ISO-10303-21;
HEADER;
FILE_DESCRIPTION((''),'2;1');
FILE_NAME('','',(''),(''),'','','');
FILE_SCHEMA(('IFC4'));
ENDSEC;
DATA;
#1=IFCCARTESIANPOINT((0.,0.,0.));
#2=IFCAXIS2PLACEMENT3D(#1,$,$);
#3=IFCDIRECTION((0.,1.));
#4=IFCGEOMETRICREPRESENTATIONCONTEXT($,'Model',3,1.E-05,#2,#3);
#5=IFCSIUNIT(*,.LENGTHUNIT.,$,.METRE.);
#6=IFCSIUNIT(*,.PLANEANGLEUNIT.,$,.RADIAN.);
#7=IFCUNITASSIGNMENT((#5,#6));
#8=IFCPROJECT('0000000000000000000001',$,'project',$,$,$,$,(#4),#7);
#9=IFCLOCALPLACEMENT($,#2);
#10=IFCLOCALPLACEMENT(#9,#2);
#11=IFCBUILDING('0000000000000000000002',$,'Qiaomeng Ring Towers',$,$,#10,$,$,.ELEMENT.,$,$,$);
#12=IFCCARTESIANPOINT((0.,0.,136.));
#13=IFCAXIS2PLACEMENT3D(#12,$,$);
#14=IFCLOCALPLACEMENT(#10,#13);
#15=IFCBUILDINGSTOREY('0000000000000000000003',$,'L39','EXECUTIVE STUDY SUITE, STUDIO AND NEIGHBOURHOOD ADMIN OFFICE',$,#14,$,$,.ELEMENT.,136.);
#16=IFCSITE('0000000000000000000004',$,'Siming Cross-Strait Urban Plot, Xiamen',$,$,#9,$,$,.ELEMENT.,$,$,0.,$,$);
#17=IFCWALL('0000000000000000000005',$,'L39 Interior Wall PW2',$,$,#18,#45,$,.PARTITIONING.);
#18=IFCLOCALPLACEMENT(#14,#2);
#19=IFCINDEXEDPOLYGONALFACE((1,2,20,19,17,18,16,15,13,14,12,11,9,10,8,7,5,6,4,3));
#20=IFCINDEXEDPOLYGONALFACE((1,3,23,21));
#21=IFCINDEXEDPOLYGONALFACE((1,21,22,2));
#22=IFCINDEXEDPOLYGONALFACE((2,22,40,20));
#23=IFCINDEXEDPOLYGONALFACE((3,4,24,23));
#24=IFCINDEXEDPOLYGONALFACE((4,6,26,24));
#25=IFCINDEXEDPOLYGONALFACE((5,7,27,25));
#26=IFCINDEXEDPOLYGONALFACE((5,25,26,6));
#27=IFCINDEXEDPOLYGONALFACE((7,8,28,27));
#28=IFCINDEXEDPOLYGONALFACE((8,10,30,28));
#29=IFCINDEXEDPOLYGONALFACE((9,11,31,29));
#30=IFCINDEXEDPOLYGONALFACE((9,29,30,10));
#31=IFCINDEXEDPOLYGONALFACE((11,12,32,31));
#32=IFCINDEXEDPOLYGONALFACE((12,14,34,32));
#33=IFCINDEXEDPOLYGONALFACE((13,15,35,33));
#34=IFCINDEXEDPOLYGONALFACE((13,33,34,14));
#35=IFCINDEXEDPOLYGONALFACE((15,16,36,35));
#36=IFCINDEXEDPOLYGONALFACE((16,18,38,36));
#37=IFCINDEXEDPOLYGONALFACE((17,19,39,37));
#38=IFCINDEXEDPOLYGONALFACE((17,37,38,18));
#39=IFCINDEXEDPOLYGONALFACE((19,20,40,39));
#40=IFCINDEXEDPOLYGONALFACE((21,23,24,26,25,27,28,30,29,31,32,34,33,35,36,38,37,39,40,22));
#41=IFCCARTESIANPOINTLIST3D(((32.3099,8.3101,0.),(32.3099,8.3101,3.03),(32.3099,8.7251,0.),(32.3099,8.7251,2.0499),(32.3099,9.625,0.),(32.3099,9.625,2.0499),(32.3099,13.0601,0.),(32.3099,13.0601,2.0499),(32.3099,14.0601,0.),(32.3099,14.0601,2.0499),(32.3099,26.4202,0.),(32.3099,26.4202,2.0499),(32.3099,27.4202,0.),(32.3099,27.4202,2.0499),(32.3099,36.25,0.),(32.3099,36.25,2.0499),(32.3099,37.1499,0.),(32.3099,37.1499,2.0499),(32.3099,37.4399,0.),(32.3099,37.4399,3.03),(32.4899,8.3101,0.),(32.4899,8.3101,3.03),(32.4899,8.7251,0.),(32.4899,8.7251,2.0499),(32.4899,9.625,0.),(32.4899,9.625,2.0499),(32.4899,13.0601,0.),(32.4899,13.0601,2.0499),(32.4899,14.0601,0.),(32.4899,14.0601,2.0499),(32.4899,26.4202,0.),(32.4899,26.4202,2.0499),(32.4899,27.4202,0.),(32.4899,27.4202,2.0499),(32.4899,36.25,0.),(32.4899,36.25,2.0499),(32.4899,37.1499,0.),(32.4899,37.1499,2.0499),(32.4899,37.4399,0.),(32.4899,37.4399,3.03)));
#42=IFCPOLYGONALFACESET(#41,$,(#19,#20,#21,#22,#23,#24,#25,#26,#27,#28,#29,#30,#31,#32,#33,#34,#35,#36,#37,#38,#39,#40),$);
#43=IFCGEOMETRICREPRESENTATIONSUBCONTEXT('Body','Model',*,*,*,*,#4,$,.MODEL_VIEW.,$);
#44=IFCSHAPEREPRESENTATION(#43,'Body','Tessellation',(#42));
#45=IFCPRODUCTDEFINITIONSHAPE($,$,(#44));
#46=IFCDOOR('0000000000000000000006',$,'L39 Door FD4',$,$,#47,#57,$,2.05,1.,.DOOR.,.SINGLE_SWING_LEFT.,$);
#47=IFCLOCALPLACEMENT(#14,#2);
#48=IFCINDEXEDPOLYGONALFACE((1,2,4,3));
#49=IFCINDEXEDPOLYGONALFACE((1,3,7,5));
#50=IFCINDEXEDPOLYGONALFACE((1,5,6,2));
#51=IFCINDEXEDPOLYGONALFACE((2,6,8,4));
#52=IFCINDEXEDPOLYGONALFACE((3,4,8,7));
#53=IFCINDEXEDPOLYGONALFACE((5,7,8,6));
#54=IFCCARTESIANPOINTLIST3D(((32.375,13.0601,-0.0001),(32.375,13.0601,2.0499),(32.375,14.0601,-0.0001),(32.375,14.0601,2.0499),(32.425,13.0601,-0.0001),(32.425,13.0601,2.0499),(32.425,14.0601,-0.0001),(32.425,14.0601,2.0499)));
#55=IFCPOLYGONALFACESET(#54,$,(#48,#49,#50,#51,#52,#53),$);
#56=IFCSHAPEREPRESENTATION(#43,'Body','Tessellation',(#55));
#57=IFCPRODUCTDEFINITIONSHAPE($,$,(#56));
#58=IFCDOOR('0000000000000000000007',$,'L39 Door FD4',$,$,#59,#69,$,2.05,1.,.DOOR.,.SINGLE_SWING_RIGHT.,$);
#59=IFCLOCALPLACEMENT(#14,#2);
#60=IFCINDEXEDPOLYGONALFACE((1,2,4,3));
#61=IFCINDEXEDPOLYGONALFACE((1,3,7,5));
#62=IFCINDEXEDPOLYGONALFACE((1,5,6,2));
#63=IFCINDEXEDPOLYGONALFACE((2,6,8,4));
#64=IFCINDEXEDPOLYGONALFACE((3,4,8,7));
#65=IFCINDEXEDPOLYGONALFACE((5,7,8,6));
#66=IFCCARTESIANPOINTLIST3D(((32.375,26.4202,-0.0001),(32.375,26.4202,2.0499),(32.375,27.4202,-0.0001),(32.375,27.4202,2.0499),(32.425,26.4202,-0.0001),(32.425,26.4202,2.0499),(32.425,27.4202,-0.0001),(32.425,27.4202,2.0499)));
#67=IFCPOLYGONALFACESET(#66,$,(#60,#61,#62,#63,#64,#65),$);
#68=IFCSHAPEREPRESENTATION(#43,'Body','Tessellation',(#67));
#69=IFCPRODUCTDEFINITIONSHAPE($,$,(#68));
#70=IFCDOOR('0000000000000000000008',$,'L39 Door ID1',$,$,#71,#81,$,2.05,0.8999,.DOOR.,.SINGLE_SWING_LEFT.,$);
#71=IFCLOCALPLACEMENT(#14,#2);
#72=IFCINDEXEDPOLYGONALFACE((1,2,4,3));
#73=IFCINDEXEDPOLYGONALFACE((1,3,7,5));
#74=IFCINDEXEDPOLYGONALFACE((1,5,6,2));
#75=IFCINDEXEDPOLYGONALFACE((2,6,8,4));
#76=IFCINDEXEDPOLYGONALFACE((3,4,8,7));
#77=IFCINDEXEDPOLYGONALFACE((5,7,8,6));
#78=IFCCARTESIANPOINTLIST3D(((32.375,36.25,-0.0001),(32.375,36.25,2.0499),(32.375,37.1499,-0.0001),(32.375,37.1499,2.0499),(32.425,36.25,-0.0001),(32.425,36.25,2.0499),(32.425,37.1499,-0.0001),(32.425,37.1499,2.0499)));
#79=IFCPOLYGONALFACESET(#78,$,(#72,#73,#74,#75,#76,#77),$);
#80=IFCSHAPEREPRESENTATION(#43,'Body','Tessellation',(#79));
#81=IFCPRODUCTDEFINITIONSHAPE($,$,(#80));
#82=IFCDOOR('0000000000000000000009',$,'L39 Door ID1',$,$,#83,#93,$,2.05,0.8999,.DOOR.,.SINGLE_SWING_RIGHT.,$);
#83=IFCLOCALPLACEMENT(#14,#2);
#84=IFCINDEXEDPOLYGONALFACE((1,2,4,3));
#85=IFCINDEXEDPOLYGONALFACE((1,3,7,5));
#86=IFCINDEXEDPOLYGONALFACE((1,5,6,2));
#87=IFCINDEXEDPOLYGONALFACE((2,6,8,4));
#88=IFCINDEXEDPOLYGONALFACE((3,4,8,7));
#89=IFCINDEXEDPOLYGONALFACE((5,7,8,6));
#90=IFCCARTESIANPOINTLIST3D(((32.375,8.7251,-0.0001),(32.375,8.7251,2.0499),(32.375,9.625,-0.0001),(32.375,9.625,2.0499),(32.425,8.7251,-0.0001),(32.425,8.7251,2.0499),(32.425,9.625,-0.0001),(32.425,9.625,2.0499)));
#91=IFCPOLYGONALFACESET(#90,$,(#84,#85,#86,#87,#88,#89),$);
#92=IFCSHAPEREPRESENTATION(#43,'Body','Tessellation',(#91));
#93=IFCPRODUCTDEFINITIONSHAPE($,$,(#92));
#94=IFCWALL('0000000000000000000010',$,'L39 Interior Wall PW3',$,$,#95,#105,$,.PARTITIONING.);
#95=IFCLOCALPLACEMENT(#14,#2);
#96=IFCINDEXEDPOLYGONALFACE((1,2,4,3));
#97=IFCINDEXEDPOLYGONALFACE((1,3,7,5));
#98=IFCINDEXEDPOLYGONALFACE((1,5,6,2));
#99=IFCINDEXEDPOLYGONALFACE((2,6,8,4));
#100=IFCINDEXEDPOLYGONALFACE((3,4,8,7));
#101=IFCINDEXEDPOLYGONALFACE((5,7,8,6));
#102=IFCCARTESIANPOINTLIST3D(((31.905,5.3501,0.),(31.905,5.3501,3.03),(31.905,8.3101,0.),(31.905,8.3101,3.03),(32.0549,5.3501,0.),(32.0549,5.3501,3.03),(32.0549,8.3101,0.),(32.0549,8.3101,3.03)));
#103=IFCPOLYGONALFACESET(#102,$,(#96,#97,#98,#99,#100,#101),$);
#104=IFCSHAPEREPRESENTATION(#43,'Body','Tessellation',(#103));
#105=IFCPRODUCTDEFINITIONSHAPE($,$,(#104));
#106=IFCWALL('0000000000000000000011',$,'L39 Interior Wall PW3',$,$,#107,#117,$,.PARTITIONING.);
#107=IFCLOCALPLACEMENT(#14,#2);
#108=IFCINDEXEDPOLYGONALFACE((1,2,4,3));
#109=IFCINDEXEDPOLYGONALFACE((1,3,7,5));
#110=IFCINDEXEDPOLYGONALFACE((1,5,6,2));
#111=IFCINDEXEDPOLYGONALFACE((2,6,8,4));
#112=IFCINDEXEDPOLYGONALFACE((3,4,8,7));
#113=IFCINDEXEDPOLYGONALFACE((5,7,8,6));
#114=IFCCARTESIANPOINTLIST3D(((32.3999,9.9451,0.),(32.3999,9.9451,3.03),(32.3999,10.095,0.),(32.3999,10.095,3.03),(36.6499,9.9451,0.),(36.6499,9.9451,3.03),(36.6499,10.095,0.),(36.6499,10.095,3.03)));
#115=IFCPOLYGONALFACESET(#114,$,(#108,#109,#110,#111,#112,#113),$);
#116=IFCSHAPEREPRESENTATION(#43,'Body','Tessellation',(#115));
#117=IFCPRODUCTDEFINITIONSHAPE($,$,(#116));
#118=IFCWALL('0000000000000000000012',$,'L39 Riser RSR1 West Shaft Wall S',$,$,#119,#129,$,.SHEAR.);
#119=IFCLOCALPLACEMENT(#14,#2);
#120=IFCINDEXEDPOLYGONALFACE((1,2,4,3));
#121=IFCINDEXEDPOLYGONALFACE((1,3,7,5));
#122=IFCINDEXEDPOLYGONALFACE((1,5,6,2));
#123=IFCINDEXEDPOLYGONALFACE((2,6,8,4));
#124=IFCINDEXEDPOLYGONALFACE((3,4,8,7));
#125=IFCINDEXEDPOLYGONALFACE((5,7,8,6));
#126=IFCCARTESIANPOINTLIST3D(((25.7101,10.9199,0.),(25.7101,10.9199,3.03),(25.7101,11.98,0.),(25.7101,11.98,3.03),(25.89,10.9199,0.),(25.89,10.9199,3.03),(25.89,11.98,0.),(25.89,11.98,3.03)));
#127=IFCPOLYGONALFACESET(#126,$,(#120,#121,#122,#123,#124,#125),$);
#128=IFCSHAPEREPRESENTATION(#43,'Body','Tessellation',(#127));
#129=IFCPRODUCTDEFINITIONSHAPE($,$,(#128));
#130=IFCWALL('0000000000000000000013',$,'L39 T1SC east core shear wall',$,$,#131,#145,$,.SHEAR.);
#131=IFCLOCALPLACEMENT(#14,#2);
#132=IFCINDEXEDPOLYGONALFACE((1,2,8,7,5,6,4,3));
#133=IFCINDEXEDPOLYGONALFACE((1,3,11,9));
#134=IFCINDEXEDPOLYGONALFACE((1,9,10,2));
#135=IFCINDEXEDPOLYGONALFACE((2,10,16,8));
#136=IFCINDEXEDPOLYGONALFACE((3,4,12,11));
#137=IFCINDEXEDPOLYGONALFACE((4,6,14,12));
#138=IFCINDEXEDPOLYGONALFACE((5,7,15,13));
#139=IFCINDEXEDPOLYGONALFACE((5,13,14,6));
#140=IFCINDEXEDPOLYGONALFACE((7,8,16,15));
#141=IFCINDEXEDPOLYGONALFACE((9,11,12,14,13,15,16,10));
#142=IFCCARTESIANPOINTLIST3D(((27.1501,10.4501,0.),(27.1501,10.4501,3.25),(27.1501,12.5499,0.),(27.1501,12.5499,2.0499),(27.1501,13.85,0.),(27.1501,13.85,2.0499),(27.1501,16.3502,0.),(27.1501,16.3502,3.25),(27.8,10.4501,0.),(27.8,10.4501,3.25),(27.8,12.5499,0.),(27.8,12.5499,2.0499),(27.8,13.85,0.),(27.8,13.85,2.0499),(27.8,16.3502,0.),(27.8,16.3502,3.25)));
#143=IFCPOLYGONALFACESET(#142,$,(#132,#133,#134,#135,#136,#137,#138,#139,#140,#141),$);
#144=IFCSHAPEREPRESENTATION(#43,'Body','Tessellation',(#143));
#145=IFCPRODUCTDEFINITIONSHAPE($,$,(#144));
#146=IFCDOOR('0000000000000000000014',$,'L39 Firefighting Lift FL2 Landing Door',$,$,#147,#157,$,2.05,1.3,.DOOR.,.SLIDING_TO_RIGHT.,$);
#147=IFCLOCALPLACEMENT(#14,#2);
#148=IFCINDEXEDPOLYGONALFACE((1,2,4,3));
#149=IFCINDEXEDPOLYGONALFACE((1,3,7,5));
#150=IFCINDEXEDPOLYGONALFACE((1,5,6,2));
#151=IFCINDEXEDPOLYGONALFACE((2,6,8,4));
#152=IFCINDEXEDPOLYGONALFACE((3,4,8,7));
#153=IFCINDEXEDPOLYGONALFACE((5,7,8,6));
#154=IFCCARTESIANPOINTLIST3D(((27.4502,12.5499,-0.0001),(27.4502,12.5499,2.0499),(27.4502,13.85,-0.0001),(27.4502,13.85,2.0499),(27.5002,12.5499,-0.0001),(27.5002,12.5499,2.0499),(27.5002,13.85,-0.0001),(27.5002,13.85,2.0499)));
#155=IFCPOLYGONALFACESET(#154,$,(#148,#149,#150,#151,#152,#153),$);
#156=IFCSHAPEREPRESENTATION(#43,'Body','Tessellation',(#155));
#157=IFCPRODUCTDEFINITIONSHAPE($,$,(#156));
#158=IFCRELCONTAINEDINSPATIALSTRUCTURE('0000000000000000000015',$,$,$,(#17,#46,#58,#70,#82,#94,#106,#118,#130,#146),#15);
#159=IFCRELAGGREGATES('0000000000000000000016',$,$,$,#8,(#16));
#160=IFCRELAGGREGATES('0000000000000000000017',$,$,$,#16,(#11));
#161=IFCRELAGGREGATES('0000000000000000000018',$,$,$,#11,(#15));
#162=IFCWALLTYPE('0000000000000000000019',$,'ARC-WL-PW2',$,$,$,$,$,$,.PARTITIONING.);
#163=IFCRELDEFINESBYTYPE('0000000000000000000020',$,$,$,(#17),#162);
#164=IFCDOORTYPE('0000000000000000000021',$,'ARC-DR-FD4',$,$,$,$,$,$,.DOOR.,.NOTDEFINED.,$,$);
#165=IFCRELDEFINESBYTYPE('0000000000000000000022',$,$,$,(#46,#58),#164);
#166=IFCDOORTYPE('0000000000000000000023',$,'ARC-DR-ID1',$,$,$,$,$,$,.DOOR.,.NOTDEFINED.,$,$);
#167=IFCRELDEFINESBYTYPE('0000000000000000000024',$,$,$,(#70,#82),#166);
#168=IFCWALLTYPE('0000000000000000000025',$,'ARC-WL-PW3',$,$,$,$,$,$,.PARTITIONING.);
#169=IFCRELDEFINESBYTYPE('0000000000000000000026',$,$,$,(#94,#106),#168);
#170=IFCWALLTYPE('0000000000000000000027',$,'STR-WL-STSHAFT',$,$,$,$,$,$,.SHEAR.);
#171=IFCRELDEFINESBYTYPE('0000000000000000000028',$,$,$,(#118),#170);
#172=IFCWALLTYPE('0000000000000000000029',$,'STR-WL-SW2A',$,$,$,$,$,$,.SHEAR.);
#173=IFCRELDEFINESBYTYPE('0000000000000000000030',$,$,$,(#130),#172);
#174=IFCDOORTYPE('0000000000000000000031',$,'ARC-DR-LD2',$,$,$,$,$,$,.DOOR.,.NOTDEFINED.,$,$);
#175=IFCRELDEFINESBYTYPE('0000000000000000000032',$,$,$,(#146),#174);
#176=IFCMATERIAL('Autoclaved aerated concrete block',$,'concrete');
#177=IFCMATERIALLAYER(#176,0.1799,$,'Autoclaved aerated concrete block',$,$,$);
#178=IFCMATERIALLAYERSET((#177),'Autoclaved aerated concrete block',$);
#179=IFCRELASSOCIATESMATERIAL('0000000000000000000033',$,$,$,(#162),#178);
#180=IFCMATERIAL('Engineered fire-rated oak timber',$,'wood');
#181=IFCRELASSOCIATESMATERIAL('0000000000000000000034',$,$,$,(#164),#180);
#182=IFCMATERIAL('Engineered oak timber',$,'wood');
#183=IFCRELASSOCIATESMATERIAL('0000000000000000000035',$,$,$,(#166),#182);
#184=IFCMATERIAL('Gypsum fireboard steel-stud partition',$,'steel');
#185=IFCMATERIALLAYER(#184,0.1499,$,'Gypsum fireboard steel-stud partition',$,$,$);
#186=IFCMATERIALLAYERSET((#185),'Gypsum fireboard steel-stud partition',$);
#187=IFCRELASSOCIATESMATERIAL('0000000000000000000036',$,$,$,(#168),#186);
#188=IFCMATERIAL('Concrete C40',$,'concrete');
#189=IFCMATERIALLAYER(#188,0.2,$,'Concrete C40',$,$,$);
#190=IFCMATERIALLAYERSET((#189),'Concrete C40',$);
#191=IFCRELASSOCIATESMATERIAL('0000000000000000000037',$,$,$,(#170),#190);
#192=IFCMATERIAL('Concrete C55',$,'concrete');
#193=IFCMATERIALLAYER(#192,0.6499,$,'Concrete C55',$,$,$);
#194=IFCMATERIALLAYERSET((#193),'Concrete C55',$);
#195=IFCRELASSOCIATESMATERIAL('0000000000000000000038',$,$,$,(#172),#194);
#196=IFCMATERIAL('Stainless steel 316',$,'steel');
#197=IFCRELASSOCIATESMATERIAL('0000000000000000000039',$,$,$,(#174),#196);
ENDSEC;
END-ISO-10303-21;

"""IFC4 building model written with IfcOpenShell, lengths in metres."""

from ifc_helpers import new_model, si_unit, direction, frame, frame_2d, origin, place, context, subcontext, project, spatial, rectangle, extrude, source, transform, mapped, material, layer, layer_set, type_object, element, fill, save


model = new_model("IFC4")

# Units and contexts
model_context = context("Model", 3, precision=1e-05, world=origin(), true_north=direction((0.0, 1.0)))
body_context = subcontext(model_context, "Body", "Model", "MODEL_VIEW")
ifc_project = project(units=[si_unit("LENGTHUNIT", "METRE"), si_unit("PLANEANGLEUNIT", "RADIAN")], contexts=[model_context])

# Site, building, storey
site_placement = place(None, origin())
site = spatial("IfcSite", under=ifc_project, at=site_placement, Name="Siming Cross-Strait Urban Plot, Xiamen", CompositionType="ELEMENT", RefElevation=0.0)
building_placement = place(site_placement, origin())
building = spatial("IfcBuilding", under=site, at=building_placement, Name="Qiaomeng Ring Towers", CompositionType="ELEMENT")
storey_placement = place(building_placement, frame((0.0, 0.0, 136.0)))
storey = spatial("IfcBuildingStorey", under=building, at=storey_placement, Name="L39", Description="EXECUTIVE STUDY SUITE, STUDIO AND NEIGHBOURHOOD ADMIN OFFICE", CompositionType="ELEMENT", Elevation=136.0)

# Shared definitions
ifc_material_1 = material(Name="Concrete C55", Category="concrete")

# Wall, openings, doors
ifc_material_2 = material(Name="Autoclaved aerated concrete block", Category="concrete")
ifc_layer_1 = layer(ifc_material_2, 0.1799, Name="Autoclaved aerated concrete block")
ifc_layer_set_1 = layer_set([ifc_layer_1], Name="Autoclaved aerated concrete block")
wall_type_1 = type_object("IfcWallType", Name="ARC-WL-PW2", PredefinedType="PARTITIONING", material=ifc_layer_set_1)
wall_1_placement = place(storey_placement, frame((32.3999, 8.3101, 0.0), z_axis=(0.0, 0.0, 1.0), x_axis=(0.0, 1.0, 0.0)))
wall_1 = element("IfcWall", 1, at=wall_1_placement, inside=storey, type_object=wall_type_1, Name="L39 Interior Wall PW2", PredefinedType="PARTITIONING", context=body_context, shape_type="SweptSolid", body=[
    extrude(rectangle(XDim=29.1299, YDim=0.1799, at=frame_2d((14.5649, 0.0))), origin(), (0.0, 0.0, 1.0), 3.03),
])
opening_1_placement = place(wall_1_placement, frame((27.9399, 0.0, 0.0)))
opening_1 = element("IfcOpeningElement", 2, at=opening_1_placement, cuts=wall_1, PredefinedType="OPENING", context=body_context, shape_type="SweptSolid", body=[
    extrude(rectangle(XDim=0.8999, YDim=2.05, at=frame_2d((0.45, 1.0249))), frame((0.0, 0.0999, 0.0), z_axis=(0.0, -1.0, 0.0), x_axis=(1.0, 0.0, 0.0)), (0.0, 0.0, 1.0), 0.2),
])
opening_2_placement = place(wall_1_placement, frame((0.415, 0.0, 0.0)))
opening_2 = element("IfcOpeningElement", 3, at=opening_2_placement, cuts=wall_1, PredefinedType="OPENING", context=body_context, shape_type="SweptSolid", body=[
    extrude(rectangle(XDim=0.8999, YDim=2.05, at=frame_2d((0.45, 1.0249))), frame((0.0, 0.0999, 0.0), z_axis=(0.0, -1.0, 0.0), x_axis=(1.0, 0.0, 0.0)), (0.0, 0.0, 1.0), 0.2),
])
opening_3_placement = place(wall_1_placement, frame((4.75, 0.0, 0.0)))
opening_3 = element("IfcOpeningElement", 4, at=opening_3_placement, cuts=wall_1, PredefinedType="OPENING", context=body_context, shape_type="SweptSolid", body=[
    extrude(rectangle(XDim=1.0, YDim=2.05, at=frame_2d((0.5, 1.0249))), frame((0.0, 0.0999, 0.0), z_axis=(0.0, -1.0, 0.0), x_axis=(1.0, 0.0, 0.0)), (0.0, 0.0, 1.0), 0.2),
])
opening_4_placement = place(wall_1_placement, frame((18.1101, 0.0, 0.0)))
opening_4 = element("IfcOpeningElement", 5, at=opening_4_placement, cuts=wall_1, PredefinedType="OPENING", context=body_context, shape_type="SweptSolid", body=[
    extrude(rectangle(XDim=1.0, YDim=2.05, at=frame_2d((0.5, 1.0249))), frame((0.0, 0.0999, 0.0), z_axis=(0.0, -1.0, 0.0), x_axis=(1.0, 0.0, 0.0)), (0.0, 0.0, 1.0), 0.2),
])
ifc_material_3 = material(Name="Engineered fire-rated oak timber", Category="wood")
door_type_1 = type_object("IfcDoorType", Name="ARC-DR-FD4", OperationType="NOTDEFINED", PredefinedType="DOOR", material=ifc_material_3)
shared_shape_1 = source(origin(), body_context, "Body", "SweptSolid", [
    extrude(rectangle(XDim=1.0, YDim=2.05, at=frame_2d((0.5, 1.0249))), frame((0.0, 0.0249, 0.0), z_axis=(0.0, -1.0, 0.0), x_axis=(1.0, 0.0, 0.0)), (0.0, 0.0, 1.0), 0.05),
])
door_1_placement = place(opening_3_placement, origin())
door_1 = element("IfcDoor", 6, at=door_1_placement, inside=storey, type_object=door_type_1, Name="L39 Door FD4", OperationType="SINGLE_SWING_LEFT", OverallHeight=2.05, OverallWidth=1.0, PredefinedType="DOOR", context=body_context, shape_type="MappedRepresentation", body=[
    mapped(shared_shape_1, transform((0.0, 0.0, 0.0), x_axis=(1.0, 0.0, 0.0), y_axis=(0.0, 1.0, 0.0), z_axis=(0.0, 0.0, 1.0), scale=1.0)),
])
fill(opening_3, door_1)
door_2_placement = place(opening_4_placement, origin())
door_2 = element("IfcDoor", 7, at=door_2_placement, inside=storey, type_object=door_type_1, Name="L39 Door FD4", OperationType="SINGLE_SWING_RIGHT", OverallHeight=2.05, OverallWidth=1.0, PredefinedType="DOOR", context=body_context, shape_type="MappedRepresentation", body=[
    mapped(shared_shape_1, transform((0.0, 0.0, 0.0), x_axis=(1.0, 0.0, 0.0), y_axis=(0.0, 1.0, 0.0), z_axis=(0.0, 0.0, 1.0), scale=1.0)),
])
fill(opening_4, door_2)
ifc_material_4 = material(Name="Engineered oak timber", Category="wood")
door_type_2 = type_object("IfcDoorType", Name="ARC-DR-ID1", OperationType="NOTDEFINED", PredefinedType="DOOR", material=ifc_material_4)
shared_shape_2 = source(origin(), body_context, "Body", "SweptSolid", [
    extrude(rectangle(XDim=0.8999, YDim=2.05, at=frame_2d((0.45, 1.0249))), frame((0.0, 0.0249, 0.0), z_axis=(0.0, -1.0, 0.0), x_axis=(1.0, 0.0, 0.0)), (0.0, 0.0, 1.0), 0.05),
])
door_3_placement = place(opening_1_placement, origin())
door_3 = element("IfcDoor", 8, at=door_3_placement, inside=storey, type_object=door_type_2, Name="L39 Door ID1", OperationType="SINGLE_SWING_LEFT", OverallHeight=2.05, OverallWidth=0.8999, PredefinedType="DOOR", context=body_context, shape_type="MappedRepresentation", body=[
    mapped(shared_shape_2, transform((0.0, 0.0, 0.0), x_axis=(1.0, 0.0, 0.0), y_axis=(0.0, 1.0, 0.0), z_axis=(0.0, 0.0, 1.0), scale=1.0)),
])
fill(opening_1, door_3)
door_4_placement = place(opening_2_placement, origin())
door_4 = element("IfcDoor", 9, at=door_4_placement, inside=storey, type_object=door_type_2, Name="L39 Door ID1", OperationType="SINGLE_SWING_RIGHT", OverallHeight=2.05, OverallWidth=0.8999, PredefinedType="DOOR", context=body_context, shape_type="MappedRepresentation", body=[
    mapped(shared_shape_2, transform((0.0, 0.0, 0.0), x_axis=(1.0, 0.0, 0.0), y_axis=(0.0, 1.0, 0.0), z_axis=(0.0, 0.0, 1.0), scale=1.0)),
])
fill(opening_2, door_4)

# Walls
ifc_material_5 = material(Name="Gypsum fireboard steel-stud partition", Category="steel")
ifc_layer_2 = layer(ifc_material_5, 0.1499, Name="Gypsum fireboard steel-stud partition")
ifc_layer_set_2 = layer_set([ifc_layer_2], Name="Gypsum fireboard steel-stud partition")
wall_type_2 = type_object("IfcWallType", Name="ARC-WL-PW3", PredefinedType="PARTITIONING", material=ifc_layer_set_2)
wall_2_placement = place(storey_placement, frame((31.98, 5.3501, 0.0), z_axis=(0.0, 0.0, 1.0), x_axis=(0.0, 1.0, 0.0)))
element("IfcWall", 10, at=wall_2_placement, inside=storey, type_object=wall_type_2, Name="L39 Interior Wall PW3", PredefinedType="PARTITIONING", context=body_context, shape_type="SweptSolid", body=[
    extrude(rectangle(XDim=2.96, YDim=0.1499, at=frame_2d((1.48, 0.0))), origin(), (0.0, 0.0, 1.0), 3.03),
])
wall_3_placement = place(storey_placement, frame((32.3999, 10.02, 0.0), z_axis=(0.0, 0.0, 1.0), x_axis=(1.0, 0.0, 0.0)))
element("IfcWall", 11, at=wall_3_placement, inside=storey, type_object=wall_type_2, Name="L39 Interior Wall PW3", PredefinedType="PARTITIONING", context=body_context, shape_type="SweptSolid", body=[
    extrude(rectangle(XDim=4.25, YDim=0.1499, at=frame_2d((2.125, 0.0))), origin(), (0.0, 0.0, 1.0), 3.03),
])
ifc_material_6 = material(Name="Concrete C40", Category="concrete")
ifc_layer_3 = layer(ifc_material_6, 0.2, Name="Concrete C40")
ifc_layer_set_3 = layer_set([ifc_layer_3], Name="Concrete C40")
wall_type_3 = type_object("IfcWallType", Name="STR-WL-STSHAFT", PredefinedType="SHEAR", material=ifc_layer_set_3)
wall_4_placement = place(storey_placement, frame((25.8, 10.9199, 0.0), z_axis=(0.0, 0.0, 1.0), x_axis=(0.0, 1.0, 0.0)))
element("IfcWall", 12, at=wall_4_placement, inside=storey, type_object=wall_type_3, Name="L39 Riser RSR1 West Shaft Wall S", PredefinedType="SHEAR", context=body_context, shape_type="SweptSolid", body=[
    extrude(rectangle(XDim=1.0601, YDim=0.1799, at=frame_2d((0.53, 0.0))), origin(), (0.0, 0.0, 1.0), 3.03),
])

# Wall, opening, door
ifc_layer_4 = layer(ifc_material_1, 0.6499, Name="Concrete C55")
ifc_layer_set_4 = layer_set([ifc_layer_4], Name="Concrete C55")
wall_type_4 = type_object("IfcWallType", Name="STR-WL-SW2A", PredefinedType="SHEAR", material=ifc_layer_set_4)
wall_5_placement = place(storey_placement, frame((27.4751, 10.45, 0.0), z_axis=(0.0, 0.0, 1.0), x_axis=(0.0, 1.0, 0.0)))
wall_5 = element("IfcWall", 13, at=wall_5_placement, inside=storey, type_object=wall_type_4, Name="L39 T1SC east core shear wall", PredefinedType="SHEAR", context=body_context, shape_type="SweptSolid", body=[
    extrude(rectangle(XDim=5.9001, YDim=0.6499, at=frame_2d((2.9502, 0.0))), origin(), (0.0, 0.0, 1.0), 3.25),
])
opening_5_placement = place(wall_5_placement, frame((2.1001, 0.0, 0.0)))
opening_5 = element("IfcOpeningElement", 14, at=opening_5_placement, cuts=wall_5, PredefinedType="OPENING", context=body_context, shape_type="SweptSolid", body=[
    extrude(rectangle(XDim=1.3, YDim=2.05, at=frame_2d((0.6499, 1.0249))), frame((0.0, 0.335, 0.0), z_axis=(0.0, -1.0, 0.0), x_axis=(1.0, 0.0, 0.0)), (0.0, 0.0, 1.0), 0.6699),
])
ifc_material_7 = material(Name="Stainless steel 316", Category="steel")
door_type_3 = type_object("IfcDoorType", Name="ARC-DR-LD2", OperationType="NOTDEFINED", PredefinedType="DOOR", material=ifc_material_7)
shared_shape_3 = source(origin(), body_context, "Body", "SweptSolid", [
    extrude(rectangle(XDim=1.3, YDim=2.05, at=frame_2d((0.6499, 1.0249))), frame((0.0, 0.0249, 0.0), z_axis=(0.0, -1.0, 0.0), x_axis=(1.0, 0.0, 0.0)), (0.0, 0.0, 1.0), 0.05),
])
door_5_placement = place(opening_5_placement, origin())
door_5 = element("IfcDoor", 15, at=door_5_placement, inside=storey, type_object=door_type_3, Name="L39 Firefighting Lift FL2 Landing Door", OperationType="SLIDING_TO_RIGHT", OverallHeight=2.05, OverallWidth=1.3, PredefinedType="DOOR", context=body_context, shape_type="MappedRepresentation", body=[
    mapped(shared_shape_3, transform((0.0, 0.0, 0.0), x_axis=(1.0, 0.0, 0.0), y_axis=(0.0, 1.0, 0.0), z_axis=(0.0, 0.0, 1.0), scale=1.0)),
])
fill(opening_5, door_5)

save(model, "model.ifc")
